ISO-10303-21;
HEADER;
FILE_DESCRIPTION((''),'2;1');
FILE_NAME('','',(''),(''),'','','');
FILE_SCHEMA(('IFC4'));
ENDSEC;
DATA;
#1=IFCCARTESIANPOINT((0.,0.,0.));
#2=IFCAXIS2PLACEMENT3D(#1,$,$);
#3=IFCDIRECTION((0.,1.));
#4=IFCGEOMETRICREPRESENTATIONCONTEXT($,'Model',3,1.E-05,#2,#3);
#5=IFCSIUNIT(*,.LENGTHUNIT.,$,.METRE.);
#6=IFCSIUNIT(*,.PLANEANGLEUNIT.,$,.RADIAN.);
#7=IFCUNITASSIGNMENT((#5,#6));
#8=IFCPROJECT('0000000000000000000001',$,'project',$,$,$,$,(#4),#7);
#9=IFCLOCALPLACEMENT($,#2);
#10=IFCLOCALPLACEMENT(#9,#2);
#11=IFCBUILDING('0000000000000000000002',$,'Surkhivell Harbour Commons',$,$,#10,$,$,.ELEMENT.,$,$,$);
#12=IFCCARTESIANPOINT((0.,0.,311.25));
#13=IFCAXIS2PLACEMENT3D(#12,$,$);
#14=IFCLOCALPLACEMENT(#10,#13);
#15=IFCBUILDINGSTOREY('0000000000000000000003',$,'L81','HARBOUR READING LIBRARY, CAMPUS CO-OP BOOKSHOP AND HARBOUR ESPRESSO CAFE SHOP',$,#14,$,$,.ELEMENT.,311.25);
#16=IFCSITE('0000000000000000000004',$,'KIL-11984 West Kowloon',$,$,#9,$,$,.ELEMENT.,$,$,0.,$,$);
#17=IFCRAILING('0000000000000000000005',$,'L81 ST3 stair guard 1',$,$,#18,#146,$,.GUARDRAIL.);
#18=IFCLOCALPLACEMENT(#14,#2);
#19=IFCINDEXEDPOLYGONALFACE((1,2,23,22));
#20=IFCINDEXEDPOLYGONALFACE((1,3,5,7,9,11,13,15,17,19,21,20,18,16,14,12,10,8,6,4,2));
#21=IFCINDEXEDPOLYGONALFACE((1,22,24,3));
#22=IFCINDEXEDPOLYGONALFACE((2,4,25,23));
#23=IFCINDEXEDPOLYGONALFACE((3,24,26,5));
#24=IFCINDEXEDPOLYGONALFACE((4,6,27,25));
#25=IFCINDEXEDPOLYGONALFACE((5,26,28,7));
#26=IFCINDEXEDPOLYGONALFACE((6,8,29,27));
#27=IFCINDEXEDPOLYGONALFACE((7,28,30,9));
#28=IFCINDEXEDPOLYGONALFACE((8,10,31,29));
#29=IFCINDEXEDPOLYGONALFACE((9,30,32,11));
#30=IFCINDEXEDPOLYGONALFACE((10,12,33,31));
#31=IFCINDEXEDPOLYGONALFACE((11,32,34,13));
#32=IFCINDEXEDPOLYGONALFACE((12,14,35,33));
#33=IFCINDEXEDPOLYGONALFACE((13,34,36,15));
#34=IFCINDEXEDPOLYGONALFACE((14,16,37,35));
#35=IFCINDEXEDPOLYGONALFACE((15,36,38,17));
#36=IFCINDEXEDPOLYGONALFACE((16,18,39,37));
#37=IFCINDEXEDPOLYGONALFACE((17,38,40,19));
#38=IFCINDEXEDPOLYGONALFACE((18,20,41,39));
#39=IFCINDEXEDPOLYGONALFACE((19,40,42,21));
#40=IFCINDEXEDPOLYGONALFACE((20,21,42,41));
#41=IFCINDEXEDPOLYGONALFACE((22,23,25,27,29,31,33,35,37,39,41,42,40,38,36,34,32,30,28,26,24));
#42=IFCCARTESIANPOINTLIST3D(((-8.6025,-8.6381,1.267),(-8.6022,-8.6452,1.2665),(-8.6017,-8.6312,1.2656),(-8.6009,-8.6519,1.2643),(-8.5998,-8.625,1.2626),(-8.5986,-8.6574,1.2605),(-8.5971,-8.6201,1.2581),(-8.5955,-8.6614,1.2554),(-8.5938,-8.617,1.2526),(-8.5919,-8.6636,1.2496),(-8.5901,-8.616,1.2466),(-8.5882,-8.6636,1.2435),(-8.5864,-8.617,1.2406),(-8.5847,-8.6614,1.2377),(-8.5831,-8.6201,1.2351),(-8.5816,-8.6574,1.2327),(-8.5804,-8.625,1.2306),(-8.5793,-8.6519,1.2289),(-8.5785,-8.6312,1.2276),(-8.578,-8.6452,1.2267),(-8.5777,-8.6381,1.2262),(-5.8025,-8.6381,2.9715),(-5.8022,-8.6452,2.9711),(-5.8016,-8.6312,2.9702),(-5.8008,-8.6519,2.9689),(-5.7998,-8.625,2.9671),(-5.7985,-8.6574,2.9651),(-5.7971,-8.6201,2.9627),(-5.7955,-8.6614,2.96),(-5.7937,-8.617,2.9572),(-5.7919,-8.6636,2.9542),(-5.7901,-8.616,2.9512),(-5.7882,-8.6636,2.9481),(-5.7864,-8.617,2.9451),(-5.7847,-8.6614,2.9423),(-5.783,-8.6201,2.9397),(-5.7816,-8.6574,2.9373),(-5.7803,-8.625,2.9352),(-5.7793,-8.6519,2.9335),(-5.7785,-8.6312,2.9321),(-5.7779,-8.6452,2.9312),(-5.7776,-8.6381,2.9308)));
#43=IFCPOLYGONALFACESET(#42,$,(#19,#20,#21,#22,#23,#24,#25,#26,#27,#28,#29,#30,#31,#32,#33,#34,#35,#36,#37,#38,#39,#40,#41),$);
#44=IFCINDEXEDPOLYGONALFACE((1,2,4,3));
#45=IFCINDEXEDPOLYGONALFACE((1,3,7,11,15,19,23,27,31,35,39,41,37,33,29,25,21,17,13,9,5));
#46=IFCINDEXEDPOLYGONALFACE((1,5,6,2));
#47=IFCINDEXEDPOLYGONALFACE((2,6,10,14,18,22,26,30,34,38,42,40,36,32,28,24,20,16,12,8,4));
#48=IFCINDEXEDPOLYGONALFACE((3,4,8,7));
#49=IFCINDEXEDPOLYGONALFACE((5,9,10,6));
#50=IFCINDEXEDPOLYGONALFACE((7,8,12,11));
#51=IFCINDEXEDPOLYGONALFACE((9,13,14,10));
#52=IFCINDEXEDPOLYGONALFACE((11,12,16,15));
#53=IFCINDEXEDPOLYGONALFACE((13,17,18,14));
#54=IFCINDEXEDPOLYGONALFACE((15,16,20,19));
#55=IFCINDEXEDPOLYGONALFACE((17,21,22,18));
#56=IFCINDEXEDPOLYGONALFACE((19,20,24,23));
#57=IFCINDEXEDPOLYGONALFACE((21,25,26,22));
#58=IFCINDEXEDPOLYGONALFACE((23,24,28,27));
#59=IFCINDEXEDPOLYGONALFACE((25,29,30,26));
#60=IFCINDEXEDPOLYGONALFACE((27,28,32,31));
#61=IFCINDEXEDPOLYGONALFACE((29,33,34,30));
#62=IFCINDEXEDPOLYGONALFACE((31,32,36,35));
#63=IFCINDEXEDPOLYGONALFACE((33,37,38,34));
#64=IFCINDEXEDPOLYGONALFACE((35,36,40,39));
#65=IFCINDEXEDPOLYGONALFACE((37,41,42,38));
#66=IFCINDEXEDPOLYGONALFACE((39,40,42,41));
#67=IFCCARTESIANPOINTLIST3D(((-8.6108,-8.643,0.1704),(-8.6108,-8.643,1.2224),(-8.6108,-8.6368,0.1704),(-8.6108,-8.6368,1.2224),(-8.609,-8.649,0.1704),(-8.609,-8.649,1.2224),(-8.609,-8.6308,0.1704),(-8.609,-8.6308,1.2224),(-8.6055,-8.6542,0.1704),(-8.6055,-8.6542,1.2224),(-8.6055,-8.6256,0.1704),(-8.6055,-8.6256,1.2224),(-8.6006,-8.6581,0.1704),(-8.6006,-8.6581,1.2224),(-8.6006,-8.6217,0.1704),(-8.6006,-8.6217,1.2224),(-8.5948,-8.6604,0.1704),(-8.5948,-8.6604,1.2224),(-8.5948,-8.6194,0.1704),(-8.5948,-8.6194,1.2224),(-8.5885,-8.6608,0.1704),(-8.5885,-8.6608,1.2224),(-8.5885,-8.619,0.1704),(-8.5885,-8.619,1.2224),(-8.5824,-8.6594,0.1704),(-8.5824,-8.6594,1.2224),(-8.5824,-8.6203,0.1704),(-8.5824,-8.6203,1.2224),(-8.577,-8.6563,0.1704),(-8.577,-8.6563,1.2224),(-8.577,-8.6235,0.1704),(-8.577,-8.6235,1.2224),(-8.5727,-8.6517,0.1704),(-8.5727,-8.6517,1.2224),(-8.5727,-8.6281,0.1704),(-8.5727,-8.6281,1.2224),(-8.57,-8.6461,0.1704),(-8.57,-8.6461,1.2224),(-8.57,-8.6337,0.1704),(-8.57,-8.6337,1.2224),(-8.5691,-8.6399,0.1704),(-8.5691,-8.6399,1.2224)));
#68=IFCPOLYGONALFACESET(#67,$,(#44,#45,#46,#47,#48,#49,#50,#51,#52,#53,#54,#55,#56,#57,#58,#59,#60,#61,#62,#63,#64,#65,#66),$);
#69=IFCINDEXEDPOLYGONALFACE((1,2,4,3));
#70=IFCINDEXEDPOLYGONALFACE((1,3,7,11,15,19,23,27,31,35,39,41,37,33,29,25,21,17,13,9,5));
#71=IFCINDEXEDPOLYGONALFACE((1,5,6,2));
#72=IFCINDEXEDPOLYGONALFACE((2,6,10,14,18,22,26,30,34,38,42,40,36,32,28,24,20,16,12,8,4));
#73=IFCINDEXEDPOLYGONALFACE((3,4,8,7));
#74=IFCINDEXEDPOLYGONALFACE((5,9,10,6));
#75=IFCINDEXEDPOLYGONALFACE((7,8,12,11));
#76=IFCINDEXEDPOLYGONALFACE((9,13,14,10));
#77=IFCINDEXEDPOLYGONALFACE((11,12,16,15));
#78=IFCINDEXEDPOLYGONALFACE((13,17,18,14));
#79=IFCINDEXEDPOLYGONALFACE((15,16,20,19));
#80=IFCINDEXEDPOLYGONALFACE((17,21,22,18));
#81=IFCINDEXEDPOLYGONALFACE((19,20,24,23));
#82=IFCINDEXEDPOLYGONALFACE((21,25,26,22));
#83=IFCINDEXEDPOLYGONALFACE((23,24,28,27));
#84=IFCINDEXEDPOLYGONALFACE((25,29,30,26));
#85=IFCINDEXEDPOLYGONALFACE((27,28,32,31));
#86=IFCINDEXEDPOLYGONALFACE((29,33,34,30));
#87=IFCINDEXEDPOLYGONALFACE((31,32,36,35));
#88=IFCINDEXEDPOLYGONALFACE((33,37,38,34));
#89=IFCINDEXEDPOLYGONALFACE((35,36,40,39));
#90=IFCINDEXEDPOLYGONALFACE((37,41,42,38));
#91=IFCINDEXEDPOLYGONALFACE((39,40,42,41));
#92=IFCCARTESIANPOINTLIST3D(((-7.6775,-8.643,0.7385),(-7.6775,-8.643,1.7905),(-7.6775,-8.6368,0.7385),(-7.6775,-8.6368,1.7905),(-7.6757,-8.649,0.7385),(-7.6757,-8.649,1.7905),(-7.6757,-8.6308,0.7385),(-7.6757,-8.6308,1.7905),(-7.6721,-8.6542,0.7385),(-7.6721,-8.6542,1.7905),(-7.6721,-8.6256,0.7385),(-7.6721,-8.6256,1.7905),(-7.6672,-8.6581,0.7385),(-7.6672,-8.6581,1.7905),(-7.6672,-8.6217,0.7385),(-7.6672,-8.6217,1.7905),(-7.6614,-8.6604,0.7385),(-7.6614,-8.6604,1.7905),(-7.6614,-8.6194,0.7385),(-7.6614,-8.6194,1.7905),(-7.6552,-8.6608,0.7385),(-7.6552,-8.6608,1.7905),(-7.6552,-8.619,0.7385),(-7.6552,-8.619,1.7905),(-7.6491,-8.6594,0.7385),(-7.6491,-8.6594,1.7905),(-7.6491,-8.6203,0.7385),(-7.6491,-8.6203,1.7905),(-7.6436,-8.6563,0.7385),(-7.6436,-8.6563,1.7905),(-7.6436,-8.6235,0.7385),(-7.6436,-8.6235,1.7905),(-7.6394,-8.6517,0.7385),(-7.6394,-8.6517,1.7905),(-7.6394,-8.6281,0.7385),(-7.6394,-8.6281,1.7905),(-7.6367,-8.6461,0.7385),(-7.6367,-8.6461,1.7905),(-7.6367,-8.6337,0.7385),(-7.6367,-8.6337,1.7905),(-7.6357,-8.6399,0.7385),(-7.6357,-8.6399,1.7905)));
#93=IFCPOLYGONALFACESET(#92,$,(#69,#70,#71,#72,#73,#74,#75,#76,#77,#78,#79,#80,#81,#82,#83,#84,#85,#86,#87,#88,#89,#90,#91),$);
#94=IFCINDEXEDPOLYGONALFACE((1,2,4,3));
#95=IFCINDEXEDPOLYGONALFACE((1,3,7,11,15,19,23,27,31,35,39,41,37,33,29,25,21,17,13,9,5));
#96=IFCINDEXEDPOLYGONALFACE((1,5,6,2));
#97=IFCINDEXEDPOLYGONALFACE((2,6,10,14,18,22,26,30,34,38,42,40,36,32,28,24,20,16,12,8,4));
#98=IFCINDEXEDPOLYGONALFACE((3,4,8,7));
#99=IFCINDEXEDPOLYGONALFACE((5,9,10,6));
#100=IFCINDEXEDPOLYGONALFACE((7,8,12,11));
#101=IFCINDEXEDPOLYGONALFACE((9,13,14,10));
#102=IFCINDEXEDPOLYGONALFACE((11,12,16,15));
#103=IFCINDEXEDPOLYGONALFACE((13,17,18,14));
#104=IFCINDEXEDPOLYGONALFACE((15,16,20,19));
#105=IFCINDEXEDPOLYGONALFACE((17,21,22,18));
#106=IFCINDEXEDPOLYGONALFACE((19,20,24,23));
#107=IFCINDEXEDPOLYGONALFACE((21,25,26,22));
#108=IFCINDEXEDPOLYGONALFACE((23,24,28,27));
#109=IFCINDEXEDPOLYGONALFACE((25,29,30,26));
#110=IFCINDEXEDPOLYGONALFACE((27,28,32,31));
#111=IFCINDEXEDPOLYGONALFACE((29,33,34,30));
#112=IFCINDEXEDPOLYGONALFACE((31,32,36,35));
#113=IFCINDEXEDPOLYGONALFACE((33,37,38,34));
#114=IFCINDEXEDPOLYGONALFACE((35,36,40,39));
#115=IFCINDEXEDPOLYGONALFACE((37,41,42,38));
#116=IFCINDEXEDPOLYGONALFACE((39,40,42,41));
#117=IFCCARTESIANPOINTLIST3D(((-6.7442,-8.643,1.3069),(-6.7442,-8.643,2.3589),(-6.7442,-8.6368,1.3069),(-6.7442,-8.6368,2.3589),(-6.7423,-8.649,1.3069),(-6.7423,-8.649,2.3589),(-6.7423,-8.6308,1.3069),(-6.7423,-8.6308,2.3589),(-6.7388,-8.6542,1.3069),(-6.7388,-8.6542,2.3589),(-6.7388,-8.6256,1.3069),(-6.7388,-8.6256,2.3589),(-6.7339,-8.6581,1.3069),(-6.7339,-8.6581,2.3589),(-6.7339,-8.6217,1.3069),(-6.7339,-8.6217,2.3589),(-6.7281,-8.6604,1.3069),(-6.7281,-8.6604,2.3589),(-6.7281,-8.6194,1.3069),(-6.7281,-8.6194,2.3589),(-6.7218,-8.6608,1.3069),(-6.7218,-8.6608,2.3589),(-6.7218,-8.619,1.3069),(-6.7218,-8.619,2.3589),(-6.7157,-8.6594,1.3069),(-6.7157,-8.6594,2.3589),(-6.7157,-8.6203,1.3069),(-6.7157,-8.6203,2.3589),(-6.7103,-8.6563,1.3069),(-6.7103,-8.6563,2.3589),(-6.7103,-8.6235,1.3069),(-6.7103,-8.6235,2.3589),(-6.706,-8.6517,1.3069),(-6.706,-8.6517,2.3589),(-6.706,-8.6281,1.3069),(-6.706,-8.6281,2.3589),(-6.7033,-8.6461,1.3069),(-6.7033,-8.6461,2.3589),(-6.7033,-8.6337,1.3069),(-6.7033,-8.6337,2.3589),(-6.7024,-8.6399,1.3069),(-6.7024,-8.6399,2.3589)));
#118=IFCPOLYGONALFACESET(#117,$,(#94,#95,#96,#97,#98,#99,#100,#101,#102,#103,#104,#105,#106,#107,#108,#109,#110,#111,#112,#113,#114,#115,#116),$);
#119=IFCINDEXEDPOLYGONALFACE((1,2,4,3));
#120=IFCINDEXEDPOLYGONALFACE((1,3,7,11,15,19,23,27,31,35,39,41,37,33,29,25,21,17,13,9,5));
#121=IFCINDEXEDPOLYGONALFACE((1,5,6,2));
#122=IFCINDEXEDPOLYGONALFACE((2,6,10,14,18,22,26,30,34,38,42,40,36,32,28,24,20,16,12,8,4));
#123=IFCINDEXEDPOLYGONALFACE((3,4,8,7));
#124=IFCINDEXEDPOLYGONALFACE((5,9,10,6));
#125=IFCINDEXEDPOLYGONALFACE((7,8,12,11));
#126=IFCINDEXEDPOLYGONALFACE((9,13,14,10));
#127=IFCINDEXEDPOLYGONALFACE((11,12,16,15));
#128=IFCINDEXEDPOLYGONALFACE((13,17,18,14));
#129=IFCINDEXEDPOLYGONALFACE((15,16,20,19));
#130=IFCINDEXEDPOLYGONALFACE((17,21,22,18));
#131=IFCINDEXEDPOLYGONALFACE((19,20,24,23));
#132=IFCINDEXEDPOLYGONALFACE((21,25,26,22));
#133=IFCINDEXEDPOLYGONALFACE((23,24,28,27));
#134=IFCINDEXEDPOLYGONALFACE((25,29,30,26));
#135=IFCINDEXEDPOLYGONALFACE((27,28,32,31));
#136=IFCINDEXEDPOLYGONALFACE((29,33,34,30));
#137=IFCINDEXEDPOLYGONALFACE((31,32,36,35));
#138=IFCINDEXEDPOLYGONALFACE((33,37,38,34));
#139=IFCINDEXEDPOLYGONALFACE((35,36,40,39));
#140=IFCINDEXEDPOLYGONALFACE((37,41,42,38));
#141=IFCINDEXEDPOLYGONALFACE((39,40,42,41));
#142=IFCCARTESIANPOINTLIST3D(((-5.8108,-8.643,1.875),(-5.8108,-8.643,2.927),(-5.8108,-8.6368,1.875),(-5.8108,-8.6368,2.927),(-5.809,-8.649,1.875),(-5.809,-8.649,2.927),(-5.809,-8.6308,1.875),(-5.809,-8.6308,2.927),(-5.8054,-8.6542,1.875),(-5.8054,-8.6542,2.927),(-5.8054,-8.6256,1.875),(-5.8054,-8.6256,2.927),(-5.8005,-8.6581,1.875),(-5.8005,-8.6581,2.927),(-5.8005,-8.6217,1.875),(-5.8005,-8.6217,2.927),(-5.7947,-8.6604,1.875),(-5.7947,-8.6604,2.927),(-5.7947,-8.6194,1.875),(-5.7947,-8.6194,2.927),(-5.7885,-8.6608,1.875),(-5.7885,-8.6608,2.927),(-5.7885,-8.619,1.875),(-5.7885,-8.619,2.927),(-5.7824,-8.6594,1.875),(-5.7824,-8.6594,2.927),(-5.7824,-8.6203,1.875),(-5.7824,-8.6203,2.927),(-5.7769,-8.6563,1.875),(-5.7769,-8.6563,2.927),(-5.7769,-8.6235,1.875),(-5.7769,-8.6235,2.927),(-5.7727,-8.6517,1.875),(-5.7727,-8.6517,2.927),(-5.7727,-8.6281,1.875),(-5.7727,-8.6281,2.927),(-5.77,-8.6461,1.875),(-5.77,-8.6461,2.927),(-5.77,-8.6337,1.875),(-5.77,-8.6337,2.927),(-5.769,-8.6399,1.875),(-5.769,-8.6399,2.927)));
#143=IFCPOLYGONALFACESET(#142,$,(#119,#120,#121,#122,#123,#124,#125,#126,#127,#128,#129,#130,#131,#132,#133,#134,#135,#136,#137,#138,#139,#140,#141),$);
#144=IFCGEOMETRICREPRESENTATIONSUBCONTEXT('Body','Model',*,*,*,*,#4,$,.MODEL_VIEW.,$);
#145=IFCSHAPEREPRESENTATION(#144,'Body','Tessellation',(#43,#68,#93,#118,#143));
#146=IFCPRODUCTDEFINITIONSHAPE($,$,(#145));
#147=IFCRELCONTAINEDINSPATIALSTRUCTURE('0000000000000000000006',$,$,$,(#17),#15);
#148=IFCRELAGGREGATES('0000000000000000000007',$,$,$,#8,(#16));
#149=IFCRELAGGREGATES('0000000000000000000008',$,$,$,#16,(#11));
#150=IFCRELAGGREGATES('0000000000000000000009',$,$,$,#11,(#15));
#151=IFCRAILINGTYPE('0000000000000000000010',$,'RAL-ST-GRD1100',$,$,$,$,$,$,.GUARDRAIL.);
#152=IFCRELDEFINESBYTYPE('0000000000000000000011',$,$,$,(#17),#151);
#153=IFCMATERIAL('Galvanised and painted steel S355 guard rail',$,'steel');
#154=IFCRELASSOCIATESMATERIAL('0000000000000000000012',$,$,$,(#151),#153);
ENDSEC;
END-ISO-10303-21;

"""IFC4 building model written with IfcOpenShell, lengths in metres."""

from ifc_helpers import new_model, si_unit, direction, frame, origin, origin_2d, place, context, subcontext, project, spatial, circle, extrude, material, type_object, element, save


model = new_model("IFC4")

# Units and contexts
model_context = context("Model", 3, precision=1e-05, world=origin(), true_north=direction((0.0, 1.0)))
body_context = subcontext(model_context, "Body", "Model", "MODEL_VIEW")
ifc_project = project(units=[si_unit("LENGTHUNIT", "METRE"), si_unit("PLANEANGLEUNIT", "RADIAN")], contexts=[model_context])

# Site, building, storey
site_placement = place(None, origin())
site = spatial("IfcSite", under=ifc_project, at=site_placement, Name="KIL-11984 West Kowloon", CompositionType="ELEMENT", RefElevation=0.0)
building_placement = place(site_placement, origin())
building = spatial("IfcBuilding", under=site, at=building_placement, Name="Surkhivell Harbour Commons", CompositionType="ELEMENT")
storey_placement = place(building_placement, frame((0.0, 0.0, 311.25)))
storey = spatial("IfcBuildingStorey", under=building, at=storey_placement, Name="L81", Description="HARBOUR READING LIBRARY, CAMPUS CO-OP BOOKSHOP AND HARBOUR ESPRESSO CAFE SHOP", CompositionType="ELEMENT", Elevation=311.25)

# Railing
ifc_material_1 = material(Name="Galvanised and painted steel S355 guard rail", Category="steel")
railing_type_1 = type_object("IfcRailingType", Name="RAL-ST-GRD1100", PredefinedType="GUARDRAIL", material=ifc_material_1)
railing_1_placement = place(storey_placement, frame((-8.5901, -8.6399, 0.1704)))
element("IfcRailing", 1, at=railing_1_placement, inside=storey, type_object=railing_type_1, Name="L81 ST3 stair guard 1", PredefinedType="GUARDRAIL", context=body_context, shape_type="SweptSolid", body=[
    extrude(circle(Radius=0.0239, at=origin_2d()), frame((0.0, 0.0, 1.0762), z_axis=(0.85417, 0.0, 0.519994), x_axis=(0.0, 1.0, 0.0)), (0.0, 0.0, 1.0), 3.2781),
    extrude(circle(Radius=0.021, at=origin_2d()), origin(), (0.0, 0.0, 1.0), 1.052),
    extrude(circle(Radius=0.021, at=origin_2d()), frame((0.9333, 0.0, 0.5681)), (0.0, 0.0, 1.0), 1.052),
    extrude(circle(Radius=0.021, at=origin_2d()), frame((1.8667, 0.0, 1.1365)), (0.0, 0.0, 1.0), 1.052),
    extrude(circle(Radius=0.021, at=origin_2d()), frame((2.8, 0.0, 1.7046)), (0.0, 0.0, 1.0), 1.052),
])

save(model, "model.ifc")
